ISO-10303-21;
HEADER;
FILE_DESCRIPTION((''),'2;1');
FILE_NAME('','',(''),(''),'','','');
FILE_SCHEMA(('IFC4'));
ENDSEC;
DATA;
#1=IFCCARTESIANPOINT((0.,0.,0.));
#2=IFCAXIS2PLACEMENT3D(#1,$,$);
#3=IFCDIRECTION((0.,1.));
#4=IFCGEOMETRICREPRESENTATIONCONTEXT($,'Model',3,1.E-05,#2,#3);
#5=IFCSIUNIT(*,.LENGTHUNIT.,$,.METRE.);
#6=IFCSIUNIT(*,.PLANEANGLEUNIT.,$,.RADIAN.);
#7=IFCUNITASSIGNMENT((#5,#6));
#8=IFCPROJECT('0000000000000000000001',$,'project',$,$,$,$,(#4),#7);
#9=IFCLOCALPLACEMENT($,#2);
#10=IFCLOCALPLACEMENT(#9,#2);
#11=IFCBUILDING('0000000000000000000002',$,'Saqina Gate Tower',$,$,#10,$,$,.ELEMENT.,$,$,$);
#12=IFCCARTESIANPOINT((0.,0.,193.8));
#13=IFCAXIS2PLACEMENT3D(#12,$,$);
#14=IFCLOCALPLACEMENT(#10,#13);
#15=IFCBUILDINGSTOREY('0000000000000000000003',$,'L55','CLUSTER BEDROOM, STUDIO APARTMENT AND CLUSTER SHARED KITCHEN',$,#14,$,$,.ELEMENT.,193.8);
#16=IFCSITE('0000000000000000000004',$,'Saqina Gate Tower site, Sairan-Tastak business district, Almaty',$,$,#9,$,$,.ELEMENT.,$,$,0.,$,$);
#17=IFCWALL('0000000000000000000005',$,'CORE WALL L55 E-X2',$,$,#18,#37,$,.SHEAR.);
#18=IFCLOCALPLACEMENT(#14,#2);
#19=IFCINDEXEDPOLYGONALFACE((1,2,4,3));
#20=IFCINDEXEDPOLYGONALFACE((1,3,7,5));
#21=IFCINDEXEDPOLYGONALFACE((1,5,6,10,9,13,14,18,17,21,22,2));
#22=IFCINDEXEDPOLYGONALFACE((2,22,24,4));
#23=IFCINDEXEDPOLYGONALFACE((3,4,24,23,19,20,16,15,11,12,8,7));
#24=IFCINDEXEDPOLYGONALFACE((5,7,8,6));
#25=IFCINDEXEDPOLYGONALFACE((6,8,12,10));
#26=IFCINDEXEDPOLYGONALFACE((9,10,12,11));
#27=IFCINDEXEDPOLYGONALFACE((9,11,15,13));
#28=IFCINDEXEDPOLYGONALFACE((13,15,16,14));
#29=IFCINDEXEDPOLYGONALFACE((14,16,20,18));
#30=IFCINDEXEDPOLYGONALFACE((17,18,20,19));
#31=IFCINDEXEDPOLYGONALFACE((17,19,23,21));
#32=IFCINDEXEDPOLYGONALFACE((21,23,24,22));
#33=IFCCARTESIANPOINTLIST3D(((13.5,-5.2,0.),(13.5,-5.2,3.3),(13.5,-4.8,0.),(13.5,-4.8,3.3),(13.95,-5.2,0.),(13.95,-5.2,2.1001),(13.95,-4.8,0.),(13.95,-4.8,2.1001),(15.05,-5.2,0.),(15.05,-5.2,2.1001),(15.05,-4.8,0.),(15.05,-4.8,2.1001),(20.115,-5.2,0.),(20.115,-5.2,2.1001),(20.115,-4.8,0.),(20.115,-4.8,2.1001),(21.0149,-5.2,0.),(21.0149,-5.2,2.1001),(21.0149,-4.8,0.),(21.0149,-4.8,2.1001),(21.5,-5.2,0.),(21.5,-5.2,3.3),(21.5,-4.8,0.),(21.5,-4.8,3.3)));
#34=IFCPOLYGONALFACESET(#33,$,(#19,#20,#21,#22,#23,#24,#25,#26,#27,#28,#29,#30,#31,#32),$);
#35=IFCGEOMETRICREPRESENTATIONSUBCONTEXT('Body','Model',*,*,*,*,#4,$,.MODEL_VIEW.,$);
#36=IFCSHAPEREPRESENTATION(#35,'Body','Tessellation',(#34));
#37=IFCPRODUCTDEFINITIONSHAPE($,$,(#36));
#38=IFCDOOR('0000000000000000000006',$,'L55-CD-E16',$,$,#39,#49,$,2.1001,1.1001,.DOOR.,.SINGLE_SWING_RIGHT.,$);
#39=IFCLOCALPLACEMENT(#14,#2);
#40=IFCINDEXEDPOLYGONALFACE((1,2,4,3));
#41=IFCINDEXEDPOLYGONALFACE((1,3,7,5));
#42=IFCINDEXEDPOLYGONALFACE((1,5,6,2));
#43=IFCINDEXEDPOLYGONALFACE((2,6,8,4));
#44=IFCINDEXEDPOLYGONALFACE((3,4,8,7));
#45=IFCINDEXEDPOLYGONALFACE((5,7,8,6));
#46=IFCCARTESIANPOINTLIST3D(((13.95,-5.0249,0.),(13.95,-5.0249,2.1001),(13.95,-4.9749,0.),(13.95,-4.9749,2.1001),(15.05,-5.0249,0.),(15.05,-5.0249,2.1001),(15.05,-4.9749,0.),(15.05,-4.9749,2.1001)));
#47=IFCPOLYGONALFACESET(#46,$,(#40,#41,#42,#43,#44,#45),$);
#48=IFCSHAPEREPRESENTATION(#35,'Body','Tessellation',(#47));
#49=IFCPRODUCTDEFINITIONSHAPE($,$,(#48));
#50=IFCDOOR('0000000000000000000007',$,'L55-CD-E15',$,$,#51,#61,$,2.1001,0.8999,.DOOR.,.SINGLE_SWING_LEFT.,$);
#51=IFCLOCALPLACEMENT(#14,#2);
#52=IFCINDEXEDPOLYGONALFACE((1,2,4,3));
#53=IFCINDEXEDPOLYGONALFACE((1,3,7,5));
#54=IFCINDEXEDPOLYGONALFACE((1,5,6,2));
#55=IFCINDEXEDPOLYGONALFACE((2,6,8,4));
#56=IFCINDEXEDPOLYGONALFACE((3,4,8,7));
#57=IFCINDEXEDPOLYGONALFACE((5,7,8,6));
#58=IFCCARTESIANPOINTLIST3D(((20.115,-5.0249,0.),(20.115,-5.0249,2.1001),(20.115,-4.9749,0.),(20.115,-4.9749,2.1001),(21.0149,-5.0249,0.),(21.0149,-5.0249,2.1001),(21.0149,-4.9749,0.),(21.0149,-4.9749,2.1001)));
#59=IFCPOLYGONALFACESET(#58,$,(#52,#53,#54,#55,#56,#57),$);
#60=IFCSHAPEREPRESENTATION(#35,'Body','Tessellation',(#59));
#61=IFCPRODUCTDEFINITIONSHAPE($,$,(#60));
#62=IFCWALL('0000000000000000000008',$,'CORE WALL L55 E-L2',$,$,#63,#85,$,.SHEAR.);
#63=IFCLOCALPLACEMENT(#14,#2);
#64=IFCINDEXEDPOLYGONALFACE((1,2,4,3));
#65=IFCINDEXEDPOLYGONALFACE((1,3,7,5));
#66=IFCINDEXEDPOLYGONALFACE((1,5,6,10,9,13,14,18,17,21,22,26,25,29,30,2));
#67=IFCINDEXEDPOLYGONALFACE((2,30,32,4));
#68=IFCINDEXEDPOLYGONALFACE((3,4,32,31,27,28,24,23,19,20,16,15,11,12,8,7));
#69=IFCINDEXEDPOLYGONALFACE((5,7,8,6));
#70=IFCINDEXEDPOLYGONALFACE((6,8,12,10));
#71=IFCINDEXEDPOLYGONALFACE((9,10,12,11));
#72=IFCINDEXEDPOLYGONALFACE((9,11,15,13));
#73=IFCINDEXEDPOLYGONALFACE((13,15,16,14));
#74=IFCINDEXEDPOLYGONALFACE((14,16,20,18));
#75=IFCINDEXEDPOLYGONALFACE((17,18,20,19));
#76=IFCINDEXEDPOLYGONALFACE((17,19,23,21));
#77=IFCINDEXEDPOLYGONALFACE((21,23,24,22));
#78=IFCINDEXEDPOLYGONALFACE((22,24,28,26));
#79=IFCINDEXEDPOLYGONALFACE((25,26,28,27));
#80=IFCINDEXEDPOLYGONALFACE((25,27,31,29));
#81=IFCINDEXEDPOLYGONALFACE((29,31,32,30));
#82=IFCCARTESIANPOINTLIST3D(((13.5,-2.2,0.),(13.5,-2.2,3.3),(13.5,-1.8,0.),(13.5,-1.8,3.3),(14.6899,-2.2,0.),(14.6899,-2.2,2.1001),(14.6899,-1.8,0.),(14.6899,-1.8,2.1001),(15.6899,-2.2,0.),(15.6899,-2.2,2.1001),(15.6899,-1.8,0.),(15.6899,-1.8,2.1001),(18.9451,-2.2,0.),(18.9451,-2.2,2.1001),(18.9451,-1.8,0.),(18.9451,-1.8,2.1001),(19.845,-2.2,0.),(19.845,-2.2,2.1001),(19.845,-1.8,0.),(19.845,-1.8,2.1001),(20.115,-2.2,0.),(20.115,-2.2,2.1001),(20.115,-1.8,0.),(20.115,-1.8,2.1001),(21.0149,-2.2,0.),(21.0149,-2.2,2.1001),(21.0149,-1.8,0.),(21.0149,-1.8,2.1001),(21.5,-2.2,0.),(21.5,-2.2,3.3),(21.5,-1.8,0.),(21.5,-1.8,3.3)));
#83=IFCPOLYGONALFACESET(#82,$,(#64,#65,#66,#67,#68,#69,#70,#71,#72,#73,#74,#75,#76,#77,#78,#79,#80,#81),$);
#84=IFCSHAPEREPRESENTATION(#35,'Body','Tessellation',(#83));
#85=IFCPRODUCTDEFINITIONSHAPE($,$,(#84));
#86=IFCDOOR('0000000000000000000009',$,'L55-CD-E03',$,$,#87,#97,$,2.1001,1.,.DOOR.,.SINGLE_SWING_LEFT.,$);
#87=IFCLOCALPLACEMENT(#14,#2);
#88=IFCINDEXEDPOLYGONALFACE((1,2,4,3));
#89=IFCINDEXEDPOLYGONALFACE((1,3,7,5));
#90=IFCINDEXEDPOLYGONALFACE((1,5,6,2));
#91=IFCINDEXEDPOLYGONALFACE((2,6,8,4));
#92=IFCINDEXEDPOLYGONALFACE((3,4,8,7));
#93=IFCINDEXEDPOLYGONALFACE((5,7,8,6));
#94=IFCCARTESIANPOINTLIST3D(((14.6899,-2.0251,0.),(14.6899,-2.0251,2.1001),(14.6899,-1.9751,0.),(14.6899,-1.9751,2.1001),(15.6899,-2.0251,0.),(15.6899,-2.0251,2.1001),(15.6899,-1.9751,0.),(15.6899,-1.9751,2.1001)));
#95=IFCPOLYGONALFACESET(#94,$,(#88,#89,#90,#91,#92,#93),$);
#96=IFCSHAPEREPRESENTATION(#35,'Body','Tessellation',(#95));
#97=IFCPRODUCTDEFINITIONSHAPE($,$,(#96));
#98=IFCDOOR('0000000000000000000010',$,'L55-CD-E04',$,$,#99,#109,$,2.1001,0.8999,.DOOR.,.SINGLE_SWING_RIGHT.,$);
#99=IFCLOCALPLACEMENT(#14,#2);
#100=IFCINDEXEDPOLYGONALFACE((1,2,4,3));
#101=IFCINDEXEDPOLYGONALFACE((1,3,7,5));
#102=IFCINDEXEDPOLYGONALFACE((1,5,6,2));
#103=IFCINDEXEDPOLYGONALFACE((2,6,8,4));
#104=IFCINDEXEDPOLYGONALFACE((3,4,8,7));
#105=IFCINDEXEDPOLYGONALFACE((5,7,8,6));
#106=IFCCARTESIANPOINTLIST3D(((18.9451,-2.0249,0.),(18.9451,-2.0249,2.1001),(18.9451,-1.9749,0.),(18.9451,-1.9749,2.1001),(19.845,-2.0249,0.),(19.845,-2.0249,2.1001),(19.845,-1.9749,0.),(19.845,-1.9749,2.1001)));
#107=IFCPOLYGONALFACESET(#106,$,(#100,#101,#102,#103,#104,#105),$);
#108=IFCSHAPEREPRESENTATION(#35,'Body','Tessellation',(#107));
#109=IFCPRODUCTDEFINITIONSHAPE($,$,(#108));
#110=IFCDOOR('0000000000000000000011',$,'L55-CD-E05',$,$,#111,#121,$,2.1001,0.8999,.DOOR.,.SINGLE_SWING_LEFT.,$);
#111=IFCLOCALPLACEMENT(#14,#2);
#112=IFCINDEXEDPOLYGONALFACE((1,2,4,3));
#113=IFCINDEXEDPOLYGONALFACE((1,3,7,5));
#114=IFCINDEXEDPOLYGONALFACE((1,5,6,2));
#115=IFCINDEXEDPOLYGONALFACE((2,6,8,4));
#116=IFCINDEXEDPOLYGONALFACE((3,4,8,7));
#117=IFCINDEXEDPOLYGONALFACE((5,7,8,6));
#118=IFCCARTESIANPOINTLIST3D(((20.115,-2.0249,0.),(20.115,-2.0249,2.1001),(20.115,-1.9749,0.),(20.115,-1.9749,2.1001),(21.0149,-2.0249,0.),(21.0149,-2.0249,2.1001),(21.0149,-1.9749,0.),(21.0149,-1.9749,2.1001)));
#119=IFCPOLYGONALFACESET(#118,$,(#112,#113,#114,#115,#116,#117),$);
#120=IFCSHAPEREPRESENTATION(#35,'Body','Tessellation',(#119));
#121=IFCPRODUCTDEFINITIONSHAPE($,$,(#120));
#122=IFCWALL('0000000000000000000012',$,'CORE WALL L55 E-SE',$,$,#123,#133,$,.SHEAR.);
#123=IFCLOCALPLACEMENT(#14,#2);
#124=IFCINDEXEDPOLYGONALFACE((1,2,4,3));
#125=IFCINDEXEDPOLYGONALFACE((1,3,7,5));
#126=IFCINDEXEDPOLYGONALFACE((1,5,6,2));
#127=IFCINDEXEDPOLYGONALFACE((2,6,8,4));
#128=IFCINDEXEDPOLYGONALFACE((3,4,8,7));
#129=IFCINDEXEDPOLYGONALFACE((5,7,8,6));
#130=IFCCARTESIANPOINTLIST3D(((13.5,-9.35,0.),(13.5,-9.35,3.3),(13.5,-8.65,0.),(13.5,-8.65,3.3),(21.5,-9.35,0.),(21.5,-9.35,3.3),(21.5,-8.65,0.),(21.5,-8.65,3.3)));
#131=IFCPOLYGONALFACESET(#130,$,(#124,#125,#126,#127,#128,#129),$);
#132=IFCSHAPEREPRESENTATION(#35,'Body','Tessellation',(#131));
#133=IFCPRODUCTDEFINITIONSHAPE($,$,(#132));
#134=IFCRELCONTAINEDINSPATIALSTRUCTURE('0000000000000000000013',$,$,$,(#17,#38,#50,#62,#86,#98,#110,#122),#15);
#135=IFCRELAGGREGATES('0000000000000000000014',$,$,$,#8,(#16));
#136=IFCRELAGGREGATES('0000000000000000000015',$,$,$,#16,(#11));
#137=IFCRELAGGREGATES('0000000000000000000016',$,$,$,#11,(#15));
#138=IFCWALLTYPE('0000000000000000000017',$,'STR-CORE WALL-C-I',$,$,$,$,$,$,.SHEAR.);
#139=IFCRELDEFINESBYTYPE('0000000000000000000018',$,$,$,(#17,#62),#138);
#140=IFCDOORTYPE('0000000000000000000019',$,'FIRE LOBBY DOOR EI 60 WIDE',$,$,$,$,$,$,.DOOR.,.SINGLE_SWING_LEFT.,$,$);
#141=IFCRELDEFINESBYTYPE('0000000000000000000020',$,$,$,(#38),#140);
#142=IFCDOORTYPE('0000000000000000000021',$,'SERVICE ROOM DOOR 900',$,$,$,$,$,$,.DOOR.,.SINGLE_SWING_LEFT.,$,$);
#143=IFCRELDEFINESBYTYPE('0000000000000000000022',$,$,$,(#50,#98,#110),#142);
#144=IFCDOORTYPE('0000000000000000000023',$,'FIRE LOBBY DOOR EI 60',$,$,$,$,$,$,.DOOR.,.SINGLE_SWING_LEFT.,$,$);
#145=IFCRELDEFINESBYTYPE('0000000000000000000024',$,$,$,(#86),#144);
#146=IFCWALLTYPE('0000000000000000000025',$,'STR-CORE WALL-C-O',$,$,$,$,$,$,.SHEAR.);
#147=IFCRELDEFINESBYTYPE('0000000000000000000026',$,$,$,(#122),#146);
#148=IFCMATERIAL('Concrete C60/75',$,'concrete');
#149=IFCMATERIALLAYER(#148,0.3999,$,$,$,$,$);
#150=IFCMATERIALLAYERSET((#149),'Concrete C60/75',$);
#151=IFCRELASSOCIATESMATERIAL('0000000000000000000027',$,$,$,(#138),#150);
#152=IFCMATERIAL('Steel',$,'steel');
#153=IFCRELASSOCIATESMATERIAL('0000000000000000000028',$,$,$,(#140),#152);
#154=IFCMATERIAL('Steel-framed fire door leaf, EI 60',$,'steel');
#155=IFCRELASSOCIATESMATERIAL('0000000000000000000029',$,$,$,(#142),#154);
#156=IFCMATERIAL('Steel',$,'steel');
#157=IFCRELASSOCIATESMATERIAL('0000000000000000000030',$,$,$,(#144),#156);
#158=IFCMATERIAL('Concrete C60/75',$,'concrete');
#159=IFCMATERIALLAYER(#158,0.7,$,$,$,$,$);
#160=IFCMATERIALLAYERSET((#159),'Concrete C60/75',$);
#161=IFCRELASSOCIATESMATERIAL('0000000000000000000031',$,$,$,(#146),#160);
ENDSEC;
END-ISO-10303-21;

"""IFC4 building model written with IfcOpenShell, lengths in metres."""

from ifc_helpers import new_model, si_unit, direction, frame, frame_2d, origin, place, context, subcontext, project, spatial, rectangle, extrude, material, layer, layer_set, type_object, element, fill, save


model = new_model("IFC4")

# Units and contexts
model_context = context("Model", 3, precision=1e-05, world=origin(), true_north=direction((0.0, 1.0)))
body_context = subcontext(model_context, "Body", "Model", "MODEL_VIEW")
ifc_project = project(units=[si_unit("LENGTHUNIT", "METRE"), si_unit("PLANEANGLEUNIT", "RADIAN")], contexts=[model_context])

# Site, building, storey
site_placement = place(None, origin())
site = spatial("IfcSite", under=ifc_project, at=site_placement, Name="Saqina Gate Tower site, Sairan-Tastak business district, Almaty", CompositionType="ELEMENT", RefElevation=0.0)
building_placement = place(site_placement, origin())
building = spatial("IfcBuilding", under=site, at=building_placement, Name="Saqina Gate Tower", CompositionType="ELEMENT")
storey_placement = place(building_placement, frame((0.0, 0.0, 193.8)))
storey = spatial("IfcBuildingStorey", under=building, at=storey_placement, Name="L55", Description="CLUSTER BEDROOM, STUDIO APARTMENT AND CLUSTER SHARED KITCHEN", CompositionType="ELEMENT", Elevation=193.8)

# Walls, openings, doors
ifc_material_1 = material(Name="Concrete C60/75", Category="concrete")
ifc_layer_1 = layer(ifc_material_1, 0.3999)
ifc_layer_set_1 = layer_set([ifc_layer_1], Name="Concrete C60/75")
wall_type_1 = type_object("IfcWallType", Name="STR-CORE WALL-C-I", PredefinedType="SHEAR", material=ifc_layer_set_1)
wall_1_placement = place(storey_placement, frame((13.5, -5.0, 0.0), z_axis=(0.0, 0.0, 1.0), x_axis=(1.0, 0.0, 0.0)))
wall_1 = element("IfcWall", 1, at=wall_1_placement, inside=storey, type_object=wall_type_1, Name="CORE WALL L55 E-X2", PredefinedType="SHEAR", context=body_context, shape_type="SweptSolid", body=[
    extrude(rectangle(XDim=8.0, YDim=0.3999, at=frame_2d((4.0, 0.0))), origin(), (0.0, 0.0, 1.0), 3.3),
])
opening_1_placement = place(wall_1_placement, frame((6.615, 0.0, 0.0)))
opening_1 = element("IfcOpeningElement", 2, at=opening_1_placement, cuts=wall_1, PredefinedType="OPENING", context=body_context, shape_type="SweptSolid", body=[
    extrude(rectangle(XDim=0.8999, YDim=2.1001, at=frame_2d((0.45, 1.05))), frame((0.0, 0.2119, 0.0), z_axis=(0.0, -1.0, 0.0), x_axis=(1.0, 0.0, 0.0)), (0.0, 0.0, 1.0), 0.4238),
])
opening_2_placement = place(wall_1_placement, frame((0.45, 0.0, 0.0)))
opening_2 = element("IfcOpeningElement", 3, at=opening_2_placement, cuts=wall_1, PredefinedType="OPENING", context=body_context, shape_type="SweptSolid", body=[
    extrude(rectangle(XDim=1.1001, YDim=2.1001, at=frame_2d((0.55, 1.05))), frame((0.0, 0.2119, 0.0), z_axis=(0.0, -1.0, 0.0), x_axis=(1.0, 0.0, 0.0)), (0.0, 0.0, 1.0), 0.4238),
])
ifc_material_2 = material(Name="Steel", Category="steel")
door_type_1 = type_object("IfcDoorType", Name="FIRE LOBBY DOOR EI 60 WIDE", OperationType="SINGLE_SWING_LEFT", PredefinedType="DOOR", material=ifc_material_2)
door_1_placement = place(opening_2_placement, frame((1.1001, 0.0, 0.0), z_axis=(0.0, 0.0, 1.0), x_axis=(-1.0, 0.0, 0.0)))
door_1 = element("IfcDoor", 4, at=door_1_placement, inside=storey, type_object=door_type_1, Name="L55-CD-E16", OperationType="SINGLE_SWING_RIGHT", OverallHeight=2.1001, OverallWidth=1.1001, PredefinedType="DOOR", context=body_context, shape_type="SweptSolid", body=[
    extrude(rectangle(XDim=1.1001, YDim=2.1001, at=frame_2d((0.55, 1.05))), frame((0.0, 0.0249, 0.0), z_axis=(0.0, -1.0, 0.0), x_axis=(1.0, 0.0, 0.0)), (0.0, 0.0, 1.0), 0.05),
])
fill(opening_2, door_1)
ifc_material_3 = material(Name="Steel-framed fire door leaf, EI 60", Category="steel")
door_type_2 = type_object("IfcDoorType", Name="SERVICE ROOM DOOR 900", OperationType="SINGLE_SWING_LEFT", PredefinedType="DOOR", material=ifc_material_3)
door_2_placement = place(opening_1_placement, frame((0.8999, 0.0, 0.0), z_axis=(0.0, 0.0, 1.0), x_axis=(-1.0, 0.0, 0.0)))
door_2 = element("IfcDoor", 5, at=door_2_placement, inside=storey, type_object=door_type_2, Name="L55-CD-E15", OperationType="SINGLE_SWING_LEFT", OverallHeight=2.1001, OverallWidth=0.8999, PredefinedType="DOOR", context=body_context, shape_type="SweptSolid", body=[
    extrude(rectangle(XDim=0.8999, YDim=2.1001, at=frame_2d((0.45, 1.05))), frame((0.0, 0.0249, 0.0), z_axis=(0.0, -1.0, 0.0), x_axis=(1.0, 0.0, 0.0)), (0.0, 0.0, 1.0), 0.05),
])
fill(opening_1, door_2)
wall_2_placement = place(storey_placement, frame((13.5, -2.0, 0.0), z_axis=(0.0, 0.0, 1.0), x_axis=(1.0, 0.0, 0.0)))
wall_2 = element("IfcWall", 6, at=wall_2_placement, inside=storey, type_object=wall_type_1, Name="CORE WALL L55 E-L2", PredefinedType="SHEAR", context=body_context, shape_type="SweptSolid", body=[
    extrude(rectangle(XDim=8.0, YDim=0.3999, at=frame_2d((4.0, 0.0))), origin(), (0.0, 0.0, 1.0), 3.3),
])
opening_3_placement = place(wall_2_placement, frame((1.1899, 0.0, 0.0)))
opening_3 = element("IfcOpeningElement", 7, at=opening_3_placement, cuts=wall_2, PredefinedType="OPENING", context=body_context, shape_type="SweptSolid", body=[
    extrude(rectangle(XDim=1.0, YDim=2.1001, at=frame_2d((0.5, 1.05))), frame((0.0, 0.2119, 0.0), z_axis=(0.0, -1.0, 0.0), x_axis=(1.0, 0.0, 0.0)), (0.0, 0.0, 1.0), 0.4238),
])
opening_4_placement = place(wall_2_placement, frame((5.4451, 0.0, 0.0)))
opening_4 = element("IfcOpeningElement", 8, at=opening_4_placement, cuts=wall_2, PredefinedType="OPENING", context=body_context, shape_type="SweptSolid", body=[
    extrude(rectangle(XDim=0.8999, YDim=2.1001, at=frame_2d((0.45, 1.05))), frame((0.0, 0.2119, 0.0), z_axis=(0.0, -1.0, 0.0), x_axis=(1.0, 0.0, 0.0)), (0.0, 0.0, 1.0), 0.4238),
])
opening_5_placement = place(wall_2_placement, frame((6.615, 0.0, 0.0)))
opening_5 = element("IfcOpeningElement", 9, at=opening_5_placement, cuts=wall_2, PredefinedType="OPENING", context=body_context, shape_type="SweptSolid", body=[
    extrude(rectangle(XDim=0.8999, YDim=2.1001, at=frame_2d((0.45, 1.05))), frame((0.0, 0.2119, 0.0), z_axis=(0.0, -1.0, 0.0), x_axis=(1.0, 0.0, 0.0)), (0.0, 0.0, 1.0), 0.4238),
])
ifc_material_4 = material(Name="Steel", Category="steel")
door_type_3 = type_object("IfcDoorType", Name="FIRE LOBBY DOOR EI 60", OperationType="SINGLE_SWING_LEFT", PredefinedType="DOOR", material=ifc_material_4)
door_3_placement = place(opening_3_placement, origin())
door_3 = element("IfcDoor", 10, at=door_3_placement, inside=storey, type_object=door_type_3, Name="L55-CD-E03", OperationType="SINGLE_SWING_LEFT", OverallHeight=2.1001, OverallWidth=1.0, PredefinedType="DOOR", context=body_context, shape_type="SweptSolid", body=[
    extrude(rectangle(XDim=1.0, YDim=2.1001, at=frame_2d((0.5, 1.05))), frame((0.0, 0.0249, 0.0), z_axis=(0.0, -1.0, 0.0), x_axis=(1.0, 0.0, 0.0)), (0.0, 0.0, 1.0), 0.05),
])
fill(opening_3, door_3)
door_4_placement = place(opening_4_placement, frame((0.8999, 0.0, 0.0), z_axis=(0.0, 0.0, 1.0), x_axis=(-1.0, 0.0, 0.0)))
door_4 = element("IfcDoor", 11, at=door_4_placement, inside=storey, type_object=door_type_2, Name="L55-CD-E04", OperationType="SINGLE_SWING_RIGHT", OverallHeight=2.1001, OverallWidth=0.8999, PredefinedType="DOOR", context=body_context, shape_type="SweptSolid", body=[
    extrude(rectangle(XDim=0.8999, YDim=2.1001, at=frame_2d((0.45, 1.05))), frame((0.0, 0.0249, 0.0), z_axis=(0.0, -1.0, 0.0), x_axis=(1.0, 0.0, 0.0)), (0.0, 0.0, 1.0), 0.05),
])
fill(opening_4, door_4)
door_5_placement = place(opening_5_placement, frame((0.8999, 0.0, 0.0), z_axis=(0.0, 0.0, 1.0), x_axis=(-1.0, 0.0, 0.0)))
door_5 = element("IfcDoor", 12, at=door_5_placement, inside=storey, type_object=door_type_2, Name="L55-CD-E05", OperationType="SINGLE_SWING_LEFT", OverallHeight=2.1001, OverallWidth=0.8999, PredefinedType="DOOR", context=body_context, shape_type="SweptSolid", body=[
    extrude(rectangle(XDim=0.8999, YDim=2.1001, at=frame_2d((0.45, 1.05))), frame((0.0, 0.0249, 0.0), z_axis=(0.0, -1.0, 0.0), x_axis=(1.0, 0.0, 0.0)), (0.0, 0.0, 1.0), 0.05),
])
fill(opening_5, door_5)
ifc_material_5 = material(Name="Concrete C60/75", Category="concrete")
ifc_layer_2 = layer(ifc_material_5, 0.7)
ifc_layer_set_2 = layer_set([ifc_layer_2], Name="Concrete C60/75")
wall_type_2 = type_object("IfcWallType", Name="STR-CORE WALL-C-O", PredefinedType="SHEAR", material=ifc_layer_set_2)

# Wall
wall_3_placement = place(storey_placement, frame((13.5, -9.0, 0.0), z_axis=(0.0, 0.0, 1.0), x_axis=(1.0, 0.0, 0.0)))
element("IfcWall", 13, at=wall_3_placement, inside=storey, type_object=wall_type_2, Name="CORE WALL L55 E-SE", PredefinedType="SHEAR", context=body_context, shape_type="SweptSolid", body=[
    extrude(rectangle(XDim=8.0, YDim=0.7, at=frame_2d((4.0, 0.0))), origin(), (0.0, 0.0, 1.0), 3.3),
])

save(model, "model.ifc")
